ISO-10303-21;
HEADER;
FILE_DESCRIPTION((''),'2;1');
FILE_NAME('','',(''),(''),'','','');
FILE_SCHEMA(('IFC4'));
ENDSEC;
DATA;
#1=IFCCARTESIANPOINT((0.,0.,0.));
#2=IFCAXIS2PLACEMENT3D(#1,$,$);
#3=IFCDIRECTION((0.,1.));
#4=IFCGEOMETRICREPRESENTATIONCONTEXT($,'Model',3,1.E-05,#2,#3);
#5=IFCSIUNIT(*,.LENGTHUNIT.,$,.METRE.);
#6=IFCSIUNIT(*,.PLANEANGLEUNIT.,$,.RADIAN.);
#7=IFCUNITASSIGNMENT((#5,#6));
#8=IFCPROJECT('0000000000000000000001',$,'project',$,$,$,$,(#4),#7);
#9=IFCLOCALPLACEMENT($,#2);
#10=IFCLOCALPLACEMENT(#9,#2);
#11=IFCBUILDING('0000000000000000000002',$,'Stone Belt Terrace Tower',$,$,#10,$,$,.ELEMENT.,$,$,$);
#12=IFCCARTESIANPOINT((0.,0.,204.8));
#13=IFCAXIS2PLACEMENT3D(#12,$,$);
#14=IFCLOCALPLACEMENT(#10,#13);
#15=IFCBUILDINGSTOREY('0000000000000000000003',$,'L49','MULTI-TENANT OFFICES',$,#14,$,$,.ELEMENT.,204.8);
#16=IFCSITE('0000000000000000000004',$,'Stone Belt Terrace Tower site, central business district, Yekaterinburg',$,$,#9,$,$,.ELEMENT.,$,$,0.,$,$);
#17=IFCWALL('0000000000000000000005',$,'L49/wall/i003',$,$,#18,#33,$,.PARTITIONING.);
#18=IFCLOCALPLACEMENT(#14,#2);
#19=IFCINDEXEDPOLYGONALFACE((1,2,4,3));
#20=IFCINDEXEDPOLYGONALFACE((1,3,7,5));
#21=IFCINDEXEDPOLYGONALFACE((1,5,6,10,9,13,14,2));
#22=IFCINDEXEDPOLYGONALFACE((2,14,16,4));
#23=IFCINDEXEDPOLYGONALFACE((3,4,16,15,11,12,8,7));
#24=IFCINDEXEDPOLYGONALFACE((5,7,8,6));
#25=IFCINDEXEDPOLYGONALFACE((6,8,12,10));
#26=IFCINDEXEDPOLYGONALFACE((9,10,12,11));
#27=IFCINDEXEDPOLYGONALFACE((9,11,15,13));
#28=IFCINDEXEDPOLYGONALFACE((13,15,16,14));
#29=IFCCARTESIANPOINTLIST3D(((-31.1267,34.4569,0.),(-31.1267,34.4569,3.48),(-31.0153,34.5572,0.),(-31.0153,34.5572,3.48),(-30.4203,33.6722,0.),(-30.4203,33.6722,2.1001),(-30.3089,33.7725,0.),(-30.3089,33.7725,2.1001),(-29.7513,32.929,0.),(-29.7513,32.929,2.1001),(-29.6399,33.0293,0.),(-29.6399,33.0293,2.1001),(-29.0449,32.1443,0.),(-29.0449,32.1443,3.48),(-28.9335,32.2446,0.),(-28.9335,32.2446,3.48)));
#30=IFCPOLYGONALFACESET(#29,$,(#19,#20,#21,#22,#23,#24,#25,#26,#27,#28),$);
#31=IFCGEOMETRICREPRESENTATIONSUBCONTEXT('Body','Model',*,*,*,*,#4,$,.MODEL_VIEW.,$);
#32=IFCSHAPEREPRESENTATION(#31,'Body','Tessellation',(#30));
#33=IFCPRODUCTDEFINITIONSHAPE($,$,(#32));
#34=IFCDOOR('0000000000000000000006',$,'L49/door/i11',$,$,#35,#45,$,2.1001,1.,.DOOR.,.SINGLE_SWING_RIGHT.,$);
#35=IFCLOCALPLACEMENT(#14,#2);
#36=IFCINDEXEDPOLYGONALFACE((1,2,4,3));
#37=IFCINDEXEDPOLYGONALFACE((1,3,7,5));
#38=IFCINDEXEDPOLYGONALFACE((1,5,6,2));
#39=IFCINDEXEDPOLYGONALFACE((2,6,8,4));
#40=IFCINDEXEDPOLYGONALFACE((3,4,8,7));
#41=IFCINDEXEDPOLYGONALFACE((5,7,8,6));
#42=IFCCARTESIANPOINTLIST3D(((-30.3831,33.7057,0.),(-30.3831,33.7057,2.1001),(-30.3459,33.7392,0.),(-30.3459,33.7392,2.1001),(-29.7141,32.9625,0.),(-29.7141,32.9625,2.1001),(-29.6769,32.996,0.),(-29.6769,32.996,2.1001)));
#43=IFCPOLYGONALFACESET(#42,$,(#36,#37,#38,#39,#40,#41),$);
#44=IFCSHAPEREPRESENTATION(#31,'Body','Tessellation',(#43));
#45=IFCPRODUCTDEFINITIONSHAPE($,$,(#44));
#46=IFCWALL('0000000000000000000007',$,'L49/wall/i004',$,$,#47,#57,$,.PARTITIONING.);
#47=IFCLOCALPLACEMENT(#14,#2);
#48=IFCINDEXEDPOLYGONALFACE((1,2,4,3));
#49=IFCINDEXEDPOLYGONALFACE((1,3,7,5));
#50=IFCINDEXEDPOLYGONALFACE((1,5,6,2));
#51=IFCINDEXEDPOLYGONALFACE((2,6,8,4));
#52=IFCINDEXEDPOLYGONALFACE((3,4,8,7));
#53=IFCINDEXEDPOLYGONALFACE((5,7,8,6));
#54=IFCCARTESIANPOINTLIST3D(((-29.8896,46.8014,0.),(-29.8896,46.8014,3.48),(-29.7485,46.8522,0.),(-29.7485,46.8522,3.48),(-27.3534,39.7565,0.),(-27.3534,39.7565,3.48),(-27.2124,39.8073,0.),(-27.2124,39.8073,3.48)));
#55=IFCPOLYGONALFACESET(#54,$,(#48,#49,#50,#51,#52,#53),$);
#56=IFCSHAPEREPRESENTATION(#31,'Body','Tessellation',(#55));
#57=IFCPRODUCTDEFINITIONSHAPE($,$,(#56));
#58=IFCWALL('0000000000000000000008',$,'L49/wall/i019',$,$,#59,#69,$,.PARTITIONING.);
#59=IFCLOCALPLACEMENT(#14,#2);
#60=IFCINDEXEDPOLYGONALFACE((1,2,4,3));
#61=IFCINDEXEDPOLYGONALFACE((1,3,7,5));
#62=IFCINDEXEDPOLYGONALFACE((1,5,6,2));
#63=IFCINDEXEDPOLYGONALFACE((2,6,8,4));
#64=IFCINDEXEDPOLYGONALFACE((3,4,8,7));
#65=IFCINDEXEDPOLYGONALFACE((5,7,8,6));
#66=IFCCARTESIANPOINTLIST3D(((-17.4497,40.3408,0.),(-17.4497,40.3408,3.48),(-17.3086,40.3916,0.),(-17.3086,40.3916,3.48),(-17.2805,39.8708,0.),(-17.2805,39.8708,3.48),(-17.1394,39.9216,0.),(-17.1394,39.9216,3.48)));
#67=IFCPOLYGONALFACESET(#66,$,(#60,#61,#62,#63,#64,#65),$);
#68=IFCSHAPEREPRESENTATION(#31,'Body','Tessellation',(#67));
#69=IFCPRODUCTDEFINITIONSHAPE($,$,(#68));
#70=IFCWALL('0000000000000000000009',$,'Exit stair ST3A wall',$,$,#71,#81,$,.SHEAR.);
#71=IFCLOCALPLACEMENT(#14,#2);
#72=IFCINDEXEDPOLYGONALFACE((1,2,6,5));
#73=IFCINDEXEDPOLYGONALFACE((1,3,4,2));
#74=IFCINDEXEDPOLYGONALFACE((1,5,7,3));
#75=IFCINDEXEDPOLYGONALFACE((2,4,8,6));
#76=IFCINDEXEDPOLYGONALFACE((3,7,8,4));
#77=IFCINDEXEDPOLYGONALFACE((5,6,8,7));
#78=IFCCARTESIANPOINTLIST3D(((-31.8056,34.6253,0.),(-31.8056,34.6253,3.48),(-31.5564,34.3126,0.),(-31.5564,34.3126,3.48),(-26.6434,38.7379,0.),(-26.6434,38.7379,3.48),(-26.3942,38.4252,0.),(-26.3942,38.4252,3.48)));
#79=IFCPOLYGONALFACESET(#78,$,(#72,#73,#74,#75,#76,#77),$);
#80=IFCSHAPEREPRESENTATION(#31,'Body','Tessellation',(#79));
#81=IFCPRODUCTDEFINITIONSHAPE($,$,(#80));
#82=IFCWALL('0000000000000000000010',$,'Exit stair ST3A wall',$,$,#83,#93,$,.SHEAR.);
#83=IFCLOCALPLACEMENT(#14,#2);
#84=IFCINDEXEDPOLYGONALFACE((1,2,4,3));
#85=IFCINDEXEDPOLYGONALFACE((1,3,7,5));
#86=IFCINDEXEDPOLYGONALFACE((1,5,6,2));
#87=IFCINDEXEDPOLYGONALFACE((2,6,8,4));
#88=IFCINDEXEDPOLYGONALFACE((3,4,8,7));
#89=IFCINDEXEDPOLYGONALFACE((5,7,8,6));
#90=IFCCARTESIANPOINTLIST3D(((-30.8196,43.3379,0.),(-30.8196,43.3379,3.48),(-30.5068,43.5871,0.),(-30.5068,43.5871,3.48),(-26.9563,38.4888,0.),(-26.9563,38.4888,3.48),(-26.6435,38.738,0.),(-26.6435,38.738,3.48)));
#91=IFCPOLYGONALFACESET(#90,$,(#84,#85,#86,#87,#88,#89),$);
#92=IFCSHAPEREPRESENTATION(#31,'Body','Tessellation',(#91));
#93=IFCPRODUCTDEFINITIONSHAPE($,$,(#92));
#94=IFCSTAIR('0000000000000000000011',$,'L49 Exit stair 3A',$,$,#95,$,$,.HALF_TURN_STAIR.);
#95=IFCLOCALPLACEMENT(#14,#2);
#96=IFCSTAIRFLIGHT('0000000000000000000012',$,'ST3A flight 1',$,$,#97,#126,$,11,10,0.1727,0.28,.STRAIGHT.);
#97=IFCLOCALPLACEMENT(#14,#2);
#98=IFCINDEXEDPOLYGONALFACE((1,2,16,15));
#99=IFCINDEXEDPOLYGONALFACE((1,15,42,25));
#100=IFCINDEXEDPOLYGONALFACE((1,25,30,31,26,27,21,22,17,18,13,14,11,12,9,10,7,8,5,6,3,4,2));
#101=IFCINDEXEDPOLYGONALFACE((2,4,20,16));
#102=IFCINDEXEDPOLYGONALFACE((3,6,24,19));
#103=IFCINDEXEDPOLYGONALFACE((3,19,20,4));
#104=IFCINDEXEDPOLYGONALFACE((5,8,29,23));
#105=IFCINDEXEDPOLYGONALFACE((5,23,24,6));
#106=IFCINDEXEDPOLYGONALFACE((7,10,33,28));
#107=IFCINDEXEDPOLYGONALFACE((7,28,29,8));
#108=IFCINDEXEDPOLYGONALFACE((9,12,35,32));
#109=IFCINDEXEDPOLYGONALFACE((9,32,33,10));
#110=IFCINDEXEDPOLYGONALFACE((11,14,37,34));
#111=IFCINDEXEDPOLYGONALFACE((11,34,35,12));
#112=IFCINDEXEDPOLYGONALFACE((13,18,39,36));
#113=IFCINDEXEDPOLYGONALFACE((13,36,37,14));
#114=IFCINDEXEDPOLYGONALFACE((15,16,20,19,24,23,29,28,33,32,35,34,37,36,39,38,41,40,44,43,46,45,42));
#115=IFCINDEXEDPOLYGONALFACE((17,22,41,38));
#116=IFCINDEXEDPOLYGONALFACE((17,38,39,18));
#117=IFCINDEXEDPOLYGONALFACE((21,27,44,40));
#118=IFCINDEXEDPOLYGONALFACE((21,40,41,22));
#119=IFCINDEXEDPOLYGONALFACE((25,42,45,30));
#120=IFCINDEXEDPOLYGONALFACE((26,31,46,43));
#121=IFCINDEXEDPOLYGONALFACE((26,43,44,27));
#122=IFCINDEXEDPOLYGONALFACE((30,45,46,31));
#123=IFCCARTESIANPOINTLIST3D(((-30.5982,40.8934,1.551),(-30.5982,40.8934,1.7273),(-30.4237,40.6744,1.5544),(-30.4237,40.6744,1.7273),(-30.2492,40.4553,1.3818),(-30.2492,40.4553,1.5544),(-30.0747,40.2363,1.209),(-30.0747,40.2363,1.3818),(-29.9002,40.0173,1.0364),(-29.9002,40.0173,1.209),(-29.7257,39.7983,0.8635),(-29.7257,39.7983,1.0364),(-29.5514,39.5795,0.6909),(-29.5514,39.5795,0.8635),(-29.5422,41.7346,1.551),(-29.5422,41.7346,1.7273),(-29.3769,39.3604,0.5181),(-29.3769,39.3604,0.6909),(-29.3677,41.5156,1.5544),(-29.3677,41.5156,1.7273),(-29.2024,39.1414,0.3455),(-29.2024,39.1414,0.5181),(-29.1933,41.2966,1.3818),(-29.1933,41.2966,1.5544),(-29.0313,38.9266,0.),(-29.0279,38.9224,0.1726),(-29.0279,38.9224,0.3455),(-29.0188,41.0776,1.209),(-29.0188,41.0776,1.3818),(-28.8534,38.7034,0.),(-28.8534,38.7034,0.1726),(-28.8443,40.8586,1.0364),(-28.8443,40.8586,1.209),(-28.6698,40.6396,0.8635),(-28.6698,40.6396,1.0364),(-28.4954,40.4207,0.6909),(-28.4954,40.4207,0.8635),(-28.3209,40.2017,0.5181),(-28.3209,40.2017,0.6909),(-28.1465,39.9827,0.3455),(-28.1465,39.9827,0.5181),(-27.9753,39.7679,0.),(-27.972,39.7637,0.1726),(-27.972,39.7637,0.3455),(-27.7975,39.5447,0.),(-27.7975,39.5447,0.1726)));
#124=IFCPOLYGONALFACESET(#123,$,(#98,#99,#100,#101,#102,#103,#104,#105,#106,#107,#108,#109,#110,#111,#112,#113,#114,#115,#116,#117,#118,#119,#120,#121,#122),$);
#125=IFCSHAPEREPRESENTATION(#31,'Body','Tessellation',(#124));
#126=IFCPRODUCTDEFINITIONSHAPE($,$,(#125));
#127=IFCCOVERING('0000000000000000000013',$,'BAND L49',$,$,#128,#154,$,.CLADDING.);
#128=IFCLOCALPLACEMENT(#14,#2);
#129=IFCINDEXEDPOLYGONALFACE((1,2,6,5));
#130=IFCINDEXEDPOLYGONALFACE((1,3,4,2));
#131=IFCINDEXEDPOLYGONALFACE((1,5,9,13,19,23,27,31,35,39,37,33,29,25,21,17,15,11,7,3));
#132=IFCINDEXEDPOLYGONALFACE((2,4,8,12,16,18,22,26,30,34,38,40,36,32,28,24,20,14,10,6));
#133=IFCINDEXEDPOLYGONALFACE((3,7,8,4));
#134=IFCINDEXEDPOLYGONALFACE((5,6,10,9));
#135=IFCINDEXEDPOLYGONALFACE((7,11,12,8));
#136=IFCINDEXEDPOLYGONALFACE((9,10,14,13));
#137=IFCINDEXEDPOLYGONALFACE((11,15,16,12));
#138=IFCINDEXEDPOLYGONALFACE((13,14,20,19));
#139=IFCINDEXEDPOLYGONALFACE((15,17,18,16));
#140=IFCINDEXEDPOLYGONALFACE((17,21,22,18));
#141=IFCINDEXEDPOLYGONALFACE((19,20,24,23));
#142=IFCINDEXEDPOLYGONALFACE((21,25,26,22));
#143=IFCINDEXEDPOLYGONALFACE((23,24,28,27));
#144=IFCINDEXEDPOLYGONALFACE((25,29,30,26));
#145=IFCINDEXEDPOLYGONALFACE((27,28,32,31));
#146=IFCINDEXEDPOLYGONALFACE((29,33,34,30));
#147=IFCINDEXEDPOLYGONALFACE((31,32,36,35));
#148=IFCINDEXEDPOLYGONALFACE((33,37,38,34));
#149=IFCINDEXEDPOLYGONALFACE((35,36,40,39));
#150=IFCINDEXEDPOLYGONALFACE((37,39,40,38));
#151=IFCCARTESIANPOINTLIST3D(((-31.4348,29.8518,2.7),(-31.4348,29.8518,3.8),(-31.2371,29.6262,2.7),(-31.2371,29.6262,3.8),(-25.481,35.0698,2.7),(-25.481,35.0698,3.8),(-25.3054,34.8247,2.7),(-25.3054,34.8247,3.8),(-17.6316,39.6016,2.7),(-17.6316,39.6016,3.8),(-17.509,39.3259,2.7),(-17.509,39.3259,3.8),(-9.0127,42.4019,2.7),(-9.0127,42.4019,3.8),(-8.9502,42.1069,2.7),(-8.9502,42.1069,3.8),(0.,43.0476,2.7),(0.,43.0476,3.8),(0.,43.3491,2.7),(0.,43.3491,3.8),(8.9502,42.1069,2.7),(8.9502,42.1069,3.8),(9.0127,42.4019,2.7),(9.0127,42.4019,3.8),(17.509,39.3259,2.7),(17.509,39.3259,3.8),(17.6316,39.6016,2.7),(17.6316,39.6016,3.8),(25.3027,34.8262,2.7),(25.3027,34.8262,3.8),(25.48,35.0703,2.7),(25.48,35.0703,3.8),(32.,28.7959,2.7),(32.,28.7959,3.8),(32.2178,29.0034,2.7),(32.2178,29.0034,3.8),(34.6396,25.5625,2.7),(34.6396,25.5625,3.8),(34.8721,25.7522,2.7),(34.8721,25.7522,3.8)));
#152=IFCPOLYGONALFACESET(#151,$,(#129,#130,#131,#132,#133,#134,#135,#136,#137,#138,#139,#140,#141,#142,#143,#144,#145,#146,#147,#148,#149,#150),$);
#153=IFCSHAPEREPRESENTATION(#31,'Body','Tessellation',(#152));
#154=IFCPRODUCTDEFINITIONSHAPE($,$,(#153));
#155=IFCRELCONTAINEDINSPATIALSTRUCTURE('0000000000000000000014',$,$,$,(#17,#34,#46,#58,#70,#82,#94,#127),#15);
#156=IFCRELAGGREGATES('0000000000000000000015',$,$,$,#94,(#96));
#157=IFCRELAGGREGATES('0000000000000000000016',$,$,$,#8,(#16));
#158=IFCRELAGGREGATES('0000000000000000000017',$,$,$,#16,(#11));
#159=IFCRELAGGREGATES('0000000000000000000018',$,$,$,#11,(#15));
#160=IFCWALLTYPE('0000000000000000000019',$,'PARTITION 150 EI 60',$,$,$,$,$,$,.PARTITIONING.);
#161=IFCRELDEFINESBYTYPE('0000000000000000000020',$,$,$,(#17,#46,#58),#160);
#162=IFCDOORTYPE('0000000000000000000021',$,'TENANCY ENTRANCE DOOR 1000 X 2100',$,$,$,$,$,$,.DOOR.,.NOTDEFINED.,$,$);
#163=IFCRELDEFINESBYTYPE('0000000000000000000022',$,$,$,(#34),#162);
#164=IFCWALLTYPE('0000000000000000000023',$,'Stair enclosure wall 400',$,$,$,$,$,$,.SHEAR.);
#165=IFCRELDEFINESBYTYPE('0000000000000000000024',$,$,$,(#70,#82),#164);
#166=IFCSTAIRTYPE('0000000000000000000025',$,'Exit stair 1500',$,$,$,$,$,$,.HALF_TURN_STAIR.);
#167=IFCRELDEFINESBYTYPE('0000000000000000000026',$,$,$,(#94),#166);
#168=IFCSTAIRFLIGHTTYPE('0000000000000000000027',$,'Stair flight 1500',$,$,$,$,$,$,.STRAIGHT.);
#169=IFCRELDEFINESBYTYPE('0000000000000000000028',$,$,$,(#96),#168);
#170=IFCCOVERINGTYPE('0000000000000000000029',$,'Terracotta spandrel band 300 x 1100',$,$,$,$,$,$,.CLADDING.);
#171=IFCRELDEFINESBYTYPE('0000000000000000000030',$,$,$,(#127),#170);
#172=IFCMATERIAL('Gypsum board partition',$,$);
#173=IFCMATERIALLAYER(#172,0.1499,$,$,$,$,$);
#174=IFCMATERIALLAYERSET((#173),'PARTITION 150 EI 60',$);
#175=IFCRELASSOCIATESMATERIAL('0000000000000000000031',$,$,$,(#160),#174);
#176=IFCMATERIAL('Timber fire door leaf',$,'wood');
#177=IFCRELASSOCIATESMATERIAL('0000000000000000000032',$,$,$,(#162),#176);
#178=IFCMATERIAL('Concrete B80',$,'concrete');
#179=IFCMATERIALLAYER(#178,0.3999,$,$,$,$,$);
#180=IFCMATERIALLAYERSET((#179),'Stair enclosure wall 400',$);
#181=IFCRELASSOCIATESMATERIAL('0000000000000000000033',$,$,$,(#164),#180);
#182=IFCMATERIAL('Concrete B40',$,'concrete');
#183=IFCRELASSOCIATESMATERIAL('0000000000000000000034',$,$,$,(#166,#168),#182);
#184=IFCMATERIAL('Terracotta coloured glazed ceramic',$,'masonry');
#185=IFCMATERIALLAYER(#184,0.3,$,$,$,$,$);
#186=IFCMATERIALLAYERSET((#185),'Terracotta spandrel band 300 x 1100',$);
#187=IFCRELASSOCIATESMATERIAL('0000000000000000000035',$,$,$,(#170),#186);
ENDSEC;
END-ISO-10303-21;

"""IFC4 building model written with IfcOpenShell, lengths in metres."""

from ifc_helpers import new_model, si_unit, direction, frame, frame_2d, origin, place, context, subcontext, project, spatial, polyline, rectangle, outline, extrude, material, layer, layer_set, type_object, element, fill, aggregate, save


model = new_model("IFC4")

# Units and contexts
model_context = context("Model", 3, precision=1e-05, world=origin(), true_north=direction((0.0, 1.0)))
body_context = subcontext(model_context, "Body", "Model", "MODEL_VIEW")
ifc_project = project(units=[si_unit("LENGTHUNIT", "METRE"), si_unit("PLANEANGLEUNIT", "RADIAN")], contexts=[model_context])

# Site, building, storey
site_placement = place(None, origin())
site = spatial("IfcSite", under=ifc_project, at=site_placement, Name="Stone Belt Terrace Tower site, central business district, Yekaterinburg", CompositionType="ELEMENT", RefElevation=0.0)
building_placement = place(site_placement, origin())
building = spatial("IfcBuilding", under=site, at=building_placement, Name="Stone Belt Terrace Tower", CompositionType="ELEMENT")
storey_placement = place(building_placement, frame((0.0, 0.0, 204.8)))
storey = spatial("IfcBuildingStorey", under=building, at=storey_placement, Name="L49", Description="MULTI-TENANT OFFICES", CompositionType="ELEMENT", Elevation=204.8)

# Shared definitions
ifc_material_1 = material(Name="Concrete B40", Category="concrete")

# Shared definitions
ifc_material_2 = material(Name="Gypsum board partition")
ifc_layer_1 = layer(ifc_material_2, 0.1499)
ifc_layer_set_1 = layer_set([ifc_layer_1], Name="PARTITION 150 EI 60")
wall_type_1 = type_object("IfcWallType", Name="PARTITION 150 EI 60", PredefinedType="PARTITIONING", material=ifc_layer_set_1)

# Wall, opening, door
wall_1_placement = place(storey_placement, frame((-28.9893, 32.1946, 0.0), z_axis=(0.0, 0.0, 1.0), x_axis=(-0.66906, 0.743208, 0.0)))
wall_1 = element("IfcWall", 1, at=wall_1_placement, inside=storey, type_object=wall_type_1, Name="L49/wall/i003", PredefinedType="PARTITIONING", context=body_context, shape_type="SweptSolid", body=[
    extrude(rectangle(XDim=3.1116, YDim=0.1499, at=frame_2d((1.5557, 0.0))), origin(), (0.0, 0.0, 1.0), 3.48),
])
opening_1_placement = place(wall_1_placement, frame((1.0557, 0.0, 0.0)))
opening_1 = element("IfcOpeningElement", 2, at=opening_1_placement, cuts=wall_1, PredefinedType="OPENING", context=body_context, shape_type="SweptSolid", body=[
    extrude(rectangle(XDim=1.0, YDim=2.1001, at=frame_2d((0.5, 1.05))), frame((0.0, 0.085, 0.0), z_axis=(0.0, -1.0, 0.0), x_axis=(1.0, 0.0, 0.0)), (0.0, 0.0, 1.0), 0.1699),
])
ifc_material_3 = material(Name="Timber fire door leaf", Category="wood")
door_type_1 = type_object("IfcDoorType", Name="TENANCY ENTRANCE DOOR 1000 X 2100", OperationType="NOTDEFINED", PredefinedType="DOOR", material=ifc_material_3)
door_1_placement = place(opening_1_placement, origin())
door_1 = element("IfcDoor", 3, at=door_1_placement, inside=storey, type_object=door_type_1, Name="L49/door/i11", OperationType="SINGLE_SWING_RIGHT", OverallHeight=2.1001, OverallWidth=1.0, PredefinedType="DOOR", context=body_context, shape_type="SweptSolid", body=[
    extrude(rectangle(XDim=1.0, YDim=2.1001, at=frame_2d((0.5, 1.05))), frame((0.0, 0.0249, 0.0), z_axis=(0.0, -1.0, 0.0), x_axis=(1.0, 0.0, 0.0)), (0.0, 0.0, 1.0), 0.05),
])
fill(opening_1, door_1)

# Walls
wall_2_placement = place(storey_placement, frame((-27.283, 39.782, 0.0), z_axis=(0.0, 0.0, 1.0), x_axis=(-0.338715, 0.940889, 0.0)))
element("IfcWall", 4, at=wall_2_placement, inside=storey, type_object=wall_type_1, Name="L49/wall/i004", PredefinedType="PARTITIONING", context=body_context, shape_type="SweptSolid", body=[
    extrude(rectangle(XDim=7.4875, YDim=0.1499, at=frame_2d((3.7437, 0.0))), origin(), (0.0, 0.0, 1.0), 3.48),
])
wall_3_placement = place(storey_placement, frame((-17.3792, 40.3662, 0.0), z_axis=(0.0, 0.0, 1.0), x_axis=(0.338719, -0.940887, 0.0)))
element("IfcWall", 5, at=wall_3_placement, inside=storey, type_object=wall_type_1, Name="L49/wall/i019", PredefinedType="PARTITIONING", context=body_context, shape_type="SweptSolid", body=[
    extrude(rectangle(XDim=0.4995, YDim=0.1499, at=frame_2d((0.2498, 0.0))), origin(), (0.0, 0.0, 1.0), 3.48),
])
ifc_material_4 = material(Name="Concrete B80", Category="concrete")
ifc_layer_2 = layer(ifc_material_4, 0.3999)
ifc_layer_set_2 = layer_set([ifc_layer_2], Name="Stair enclosure wall 400")
wall_type_2 = type_object("IfcWallType", Name="Stair enclosure wall 400", PredefinedType="SHEAR", material=ifc_layer_set_2)
wall_4_placement = place(storey_placement, frame((-26.5188, 38.5815, 0.0), z_axis=(0.0, 0.0, 1.0), x_axis=(-0.782134, -0.62311, 0.0)))
element("IfcWall", 6, at=wall_4_placement, inside=storey, type_object=wall_type_2, Name="Exit stair ST3A wall", PredefinedType="SHEAR", context=body_context, shape_type="SweptSolid", body=[
    extrude(rectangle(XDim=6.6001, YDim=0.3999, at=frame_2d((3.3, 0.0))), origin(), (0.0, 0.0, 1.0), 3.48),
])
wall_5_placement = place(storey_placement, frame((-26.7998, 38.6133, 0.0), z_axis=(0.0, 0.0, 1.0), x_axis=(-0.623119, 0.782127, 0.0)))
element("IfcWall", 7, at=wall_5_placement, inside=storey, type_object=wall_type_2, Name="Exit stair ST3A wall", PredefinedType="SHEAR", context=body_context, shape_type="SweptSolid", body=[
    extrude(rectangle(XDim=6.2, YDim=0.3999, at=frame_2d((3.1001, 0.0))), origin(), (0.0, 0.0, 1.0), 3.48),
])

# Stair, stair flight
stair_type = type_object("IfcStairType", Name="Exit stair 1500", PredefinedType="HALF_TURN_STAIR", material=ifc_material_1)
stair_placement = place(storey_placement, origin())
stair = element("IfcStair", 8, at=stair_placement, inside=storey, type_object=stair_type, Name="L49 Exit stair 3A", PredefinedType="HALF_TURN_STAIR")
stair_flight_type = type_object("IfcStairFlightType", Name="Stair flight 1500", PredefinedType="STRAIGHT", material=ifc_material_1)
stair_flight_placement = place(storey_placement, frame((-28.3254, 39.124, 0.0), z_axis=(0.0, 0.0, 1.0), x_axis=(-0.623121, 0.782125, 0.0)))
stair_flight = element("IfcStairFlight", 9, at=stair_flight_placement, type_object=stair_flight_type, Name="ST3A flight 1", NumberOfRisers=11, NumberOfTreads=10, PredefinedType="STRAIGHT", RiserHeight=0.1727, TreadLength=0.28, context=body_context, shape_type="SweptSolid", body=[
    extrude(outline(polyline([(0.0, 0.0), (0.0, 0.1726), (0.28, 0.1726), (0.28, 0.3455), (0.5601, 0.3455), (0.5601, 0.5181), (0.8401, 0.5181), (0.8401, 0.6909), (1.1201, 0.6909), (1.1201, 0.8635), (1.3999, 0.8635), (1.3999, 1.0364), (1.6799, 1.0364), (1.6799, 1.209), (1.96, 1.209), (1.96, 1.3818), (2.24, 1.3818), (2.24, 1.5544), (2.52, 1.5544), (2.52, 1.7273), (2.8, 1.7273), (2.8, 1.8999), (2.8, 1.551), (0.2854, 0.0), (0.0, 0.0)])), frame((0.0, 0.675, 0.0), z_axis=(0.0, -1.0, 0.0), x_axis=(1.0, 0.0, 0.0)), (0.0, 0.0, 1.0), 1.3501),
])
aggregate(stair, [stair_flight])

# Covering
ifc_material_5 = material(Name="Terracotta coloured glazed ceramic", Category="masonry")
ifc_layer_3 = layer(ifc_material_5, 0.3)
ifc_layer_set_3 = layer_set([ifc_layer_3], Name="Terracotta spandrel band 300 x 1100")
covering_type = type_object("IfcCoveringType", Name="Terracotta spandrel band 300 x 1100", PredefinedType="CLADDING", material=ifc_layer_set_3)
covering_placement = place(storey_placement, frame((0.0, 0.0, 2.7)))
element("IfcCovering", 10, at=covering_placement, inside=storey, type_object=covering_type, Name="BAND L49", PredefinedType="CLADDING", context=body_context, shape_type="SweptSolid", body=[
    extrude(outline(polyline([(-31.4348, 29.8518), (-25.481, 35.0698), (-17.6316, 39.6016), (-9.0127, 42.4019), (0.0, 43.3491), (9.0127, 42.4019), (17.6316, 39.6016), (25.48, 35.0703), (32.2178, 29.0034), (34.8721, 25.7522), (34.6396, 25.5625), (32.0, 28.7959), (25.3027, 34.8262), (17.509, 39.3259), (8.9502, 42.1069), (0.0, 43.0476), (-8.9502, 42.1069), (-17.509, 39.3259), (-25.3054, 34.8247), (-31.2371, 29.6262), (-31.4348, 29.8518)])), origin(), (0.0, 0.0, 1.0), 1.1001),
])

save(model, "model.ifc")
